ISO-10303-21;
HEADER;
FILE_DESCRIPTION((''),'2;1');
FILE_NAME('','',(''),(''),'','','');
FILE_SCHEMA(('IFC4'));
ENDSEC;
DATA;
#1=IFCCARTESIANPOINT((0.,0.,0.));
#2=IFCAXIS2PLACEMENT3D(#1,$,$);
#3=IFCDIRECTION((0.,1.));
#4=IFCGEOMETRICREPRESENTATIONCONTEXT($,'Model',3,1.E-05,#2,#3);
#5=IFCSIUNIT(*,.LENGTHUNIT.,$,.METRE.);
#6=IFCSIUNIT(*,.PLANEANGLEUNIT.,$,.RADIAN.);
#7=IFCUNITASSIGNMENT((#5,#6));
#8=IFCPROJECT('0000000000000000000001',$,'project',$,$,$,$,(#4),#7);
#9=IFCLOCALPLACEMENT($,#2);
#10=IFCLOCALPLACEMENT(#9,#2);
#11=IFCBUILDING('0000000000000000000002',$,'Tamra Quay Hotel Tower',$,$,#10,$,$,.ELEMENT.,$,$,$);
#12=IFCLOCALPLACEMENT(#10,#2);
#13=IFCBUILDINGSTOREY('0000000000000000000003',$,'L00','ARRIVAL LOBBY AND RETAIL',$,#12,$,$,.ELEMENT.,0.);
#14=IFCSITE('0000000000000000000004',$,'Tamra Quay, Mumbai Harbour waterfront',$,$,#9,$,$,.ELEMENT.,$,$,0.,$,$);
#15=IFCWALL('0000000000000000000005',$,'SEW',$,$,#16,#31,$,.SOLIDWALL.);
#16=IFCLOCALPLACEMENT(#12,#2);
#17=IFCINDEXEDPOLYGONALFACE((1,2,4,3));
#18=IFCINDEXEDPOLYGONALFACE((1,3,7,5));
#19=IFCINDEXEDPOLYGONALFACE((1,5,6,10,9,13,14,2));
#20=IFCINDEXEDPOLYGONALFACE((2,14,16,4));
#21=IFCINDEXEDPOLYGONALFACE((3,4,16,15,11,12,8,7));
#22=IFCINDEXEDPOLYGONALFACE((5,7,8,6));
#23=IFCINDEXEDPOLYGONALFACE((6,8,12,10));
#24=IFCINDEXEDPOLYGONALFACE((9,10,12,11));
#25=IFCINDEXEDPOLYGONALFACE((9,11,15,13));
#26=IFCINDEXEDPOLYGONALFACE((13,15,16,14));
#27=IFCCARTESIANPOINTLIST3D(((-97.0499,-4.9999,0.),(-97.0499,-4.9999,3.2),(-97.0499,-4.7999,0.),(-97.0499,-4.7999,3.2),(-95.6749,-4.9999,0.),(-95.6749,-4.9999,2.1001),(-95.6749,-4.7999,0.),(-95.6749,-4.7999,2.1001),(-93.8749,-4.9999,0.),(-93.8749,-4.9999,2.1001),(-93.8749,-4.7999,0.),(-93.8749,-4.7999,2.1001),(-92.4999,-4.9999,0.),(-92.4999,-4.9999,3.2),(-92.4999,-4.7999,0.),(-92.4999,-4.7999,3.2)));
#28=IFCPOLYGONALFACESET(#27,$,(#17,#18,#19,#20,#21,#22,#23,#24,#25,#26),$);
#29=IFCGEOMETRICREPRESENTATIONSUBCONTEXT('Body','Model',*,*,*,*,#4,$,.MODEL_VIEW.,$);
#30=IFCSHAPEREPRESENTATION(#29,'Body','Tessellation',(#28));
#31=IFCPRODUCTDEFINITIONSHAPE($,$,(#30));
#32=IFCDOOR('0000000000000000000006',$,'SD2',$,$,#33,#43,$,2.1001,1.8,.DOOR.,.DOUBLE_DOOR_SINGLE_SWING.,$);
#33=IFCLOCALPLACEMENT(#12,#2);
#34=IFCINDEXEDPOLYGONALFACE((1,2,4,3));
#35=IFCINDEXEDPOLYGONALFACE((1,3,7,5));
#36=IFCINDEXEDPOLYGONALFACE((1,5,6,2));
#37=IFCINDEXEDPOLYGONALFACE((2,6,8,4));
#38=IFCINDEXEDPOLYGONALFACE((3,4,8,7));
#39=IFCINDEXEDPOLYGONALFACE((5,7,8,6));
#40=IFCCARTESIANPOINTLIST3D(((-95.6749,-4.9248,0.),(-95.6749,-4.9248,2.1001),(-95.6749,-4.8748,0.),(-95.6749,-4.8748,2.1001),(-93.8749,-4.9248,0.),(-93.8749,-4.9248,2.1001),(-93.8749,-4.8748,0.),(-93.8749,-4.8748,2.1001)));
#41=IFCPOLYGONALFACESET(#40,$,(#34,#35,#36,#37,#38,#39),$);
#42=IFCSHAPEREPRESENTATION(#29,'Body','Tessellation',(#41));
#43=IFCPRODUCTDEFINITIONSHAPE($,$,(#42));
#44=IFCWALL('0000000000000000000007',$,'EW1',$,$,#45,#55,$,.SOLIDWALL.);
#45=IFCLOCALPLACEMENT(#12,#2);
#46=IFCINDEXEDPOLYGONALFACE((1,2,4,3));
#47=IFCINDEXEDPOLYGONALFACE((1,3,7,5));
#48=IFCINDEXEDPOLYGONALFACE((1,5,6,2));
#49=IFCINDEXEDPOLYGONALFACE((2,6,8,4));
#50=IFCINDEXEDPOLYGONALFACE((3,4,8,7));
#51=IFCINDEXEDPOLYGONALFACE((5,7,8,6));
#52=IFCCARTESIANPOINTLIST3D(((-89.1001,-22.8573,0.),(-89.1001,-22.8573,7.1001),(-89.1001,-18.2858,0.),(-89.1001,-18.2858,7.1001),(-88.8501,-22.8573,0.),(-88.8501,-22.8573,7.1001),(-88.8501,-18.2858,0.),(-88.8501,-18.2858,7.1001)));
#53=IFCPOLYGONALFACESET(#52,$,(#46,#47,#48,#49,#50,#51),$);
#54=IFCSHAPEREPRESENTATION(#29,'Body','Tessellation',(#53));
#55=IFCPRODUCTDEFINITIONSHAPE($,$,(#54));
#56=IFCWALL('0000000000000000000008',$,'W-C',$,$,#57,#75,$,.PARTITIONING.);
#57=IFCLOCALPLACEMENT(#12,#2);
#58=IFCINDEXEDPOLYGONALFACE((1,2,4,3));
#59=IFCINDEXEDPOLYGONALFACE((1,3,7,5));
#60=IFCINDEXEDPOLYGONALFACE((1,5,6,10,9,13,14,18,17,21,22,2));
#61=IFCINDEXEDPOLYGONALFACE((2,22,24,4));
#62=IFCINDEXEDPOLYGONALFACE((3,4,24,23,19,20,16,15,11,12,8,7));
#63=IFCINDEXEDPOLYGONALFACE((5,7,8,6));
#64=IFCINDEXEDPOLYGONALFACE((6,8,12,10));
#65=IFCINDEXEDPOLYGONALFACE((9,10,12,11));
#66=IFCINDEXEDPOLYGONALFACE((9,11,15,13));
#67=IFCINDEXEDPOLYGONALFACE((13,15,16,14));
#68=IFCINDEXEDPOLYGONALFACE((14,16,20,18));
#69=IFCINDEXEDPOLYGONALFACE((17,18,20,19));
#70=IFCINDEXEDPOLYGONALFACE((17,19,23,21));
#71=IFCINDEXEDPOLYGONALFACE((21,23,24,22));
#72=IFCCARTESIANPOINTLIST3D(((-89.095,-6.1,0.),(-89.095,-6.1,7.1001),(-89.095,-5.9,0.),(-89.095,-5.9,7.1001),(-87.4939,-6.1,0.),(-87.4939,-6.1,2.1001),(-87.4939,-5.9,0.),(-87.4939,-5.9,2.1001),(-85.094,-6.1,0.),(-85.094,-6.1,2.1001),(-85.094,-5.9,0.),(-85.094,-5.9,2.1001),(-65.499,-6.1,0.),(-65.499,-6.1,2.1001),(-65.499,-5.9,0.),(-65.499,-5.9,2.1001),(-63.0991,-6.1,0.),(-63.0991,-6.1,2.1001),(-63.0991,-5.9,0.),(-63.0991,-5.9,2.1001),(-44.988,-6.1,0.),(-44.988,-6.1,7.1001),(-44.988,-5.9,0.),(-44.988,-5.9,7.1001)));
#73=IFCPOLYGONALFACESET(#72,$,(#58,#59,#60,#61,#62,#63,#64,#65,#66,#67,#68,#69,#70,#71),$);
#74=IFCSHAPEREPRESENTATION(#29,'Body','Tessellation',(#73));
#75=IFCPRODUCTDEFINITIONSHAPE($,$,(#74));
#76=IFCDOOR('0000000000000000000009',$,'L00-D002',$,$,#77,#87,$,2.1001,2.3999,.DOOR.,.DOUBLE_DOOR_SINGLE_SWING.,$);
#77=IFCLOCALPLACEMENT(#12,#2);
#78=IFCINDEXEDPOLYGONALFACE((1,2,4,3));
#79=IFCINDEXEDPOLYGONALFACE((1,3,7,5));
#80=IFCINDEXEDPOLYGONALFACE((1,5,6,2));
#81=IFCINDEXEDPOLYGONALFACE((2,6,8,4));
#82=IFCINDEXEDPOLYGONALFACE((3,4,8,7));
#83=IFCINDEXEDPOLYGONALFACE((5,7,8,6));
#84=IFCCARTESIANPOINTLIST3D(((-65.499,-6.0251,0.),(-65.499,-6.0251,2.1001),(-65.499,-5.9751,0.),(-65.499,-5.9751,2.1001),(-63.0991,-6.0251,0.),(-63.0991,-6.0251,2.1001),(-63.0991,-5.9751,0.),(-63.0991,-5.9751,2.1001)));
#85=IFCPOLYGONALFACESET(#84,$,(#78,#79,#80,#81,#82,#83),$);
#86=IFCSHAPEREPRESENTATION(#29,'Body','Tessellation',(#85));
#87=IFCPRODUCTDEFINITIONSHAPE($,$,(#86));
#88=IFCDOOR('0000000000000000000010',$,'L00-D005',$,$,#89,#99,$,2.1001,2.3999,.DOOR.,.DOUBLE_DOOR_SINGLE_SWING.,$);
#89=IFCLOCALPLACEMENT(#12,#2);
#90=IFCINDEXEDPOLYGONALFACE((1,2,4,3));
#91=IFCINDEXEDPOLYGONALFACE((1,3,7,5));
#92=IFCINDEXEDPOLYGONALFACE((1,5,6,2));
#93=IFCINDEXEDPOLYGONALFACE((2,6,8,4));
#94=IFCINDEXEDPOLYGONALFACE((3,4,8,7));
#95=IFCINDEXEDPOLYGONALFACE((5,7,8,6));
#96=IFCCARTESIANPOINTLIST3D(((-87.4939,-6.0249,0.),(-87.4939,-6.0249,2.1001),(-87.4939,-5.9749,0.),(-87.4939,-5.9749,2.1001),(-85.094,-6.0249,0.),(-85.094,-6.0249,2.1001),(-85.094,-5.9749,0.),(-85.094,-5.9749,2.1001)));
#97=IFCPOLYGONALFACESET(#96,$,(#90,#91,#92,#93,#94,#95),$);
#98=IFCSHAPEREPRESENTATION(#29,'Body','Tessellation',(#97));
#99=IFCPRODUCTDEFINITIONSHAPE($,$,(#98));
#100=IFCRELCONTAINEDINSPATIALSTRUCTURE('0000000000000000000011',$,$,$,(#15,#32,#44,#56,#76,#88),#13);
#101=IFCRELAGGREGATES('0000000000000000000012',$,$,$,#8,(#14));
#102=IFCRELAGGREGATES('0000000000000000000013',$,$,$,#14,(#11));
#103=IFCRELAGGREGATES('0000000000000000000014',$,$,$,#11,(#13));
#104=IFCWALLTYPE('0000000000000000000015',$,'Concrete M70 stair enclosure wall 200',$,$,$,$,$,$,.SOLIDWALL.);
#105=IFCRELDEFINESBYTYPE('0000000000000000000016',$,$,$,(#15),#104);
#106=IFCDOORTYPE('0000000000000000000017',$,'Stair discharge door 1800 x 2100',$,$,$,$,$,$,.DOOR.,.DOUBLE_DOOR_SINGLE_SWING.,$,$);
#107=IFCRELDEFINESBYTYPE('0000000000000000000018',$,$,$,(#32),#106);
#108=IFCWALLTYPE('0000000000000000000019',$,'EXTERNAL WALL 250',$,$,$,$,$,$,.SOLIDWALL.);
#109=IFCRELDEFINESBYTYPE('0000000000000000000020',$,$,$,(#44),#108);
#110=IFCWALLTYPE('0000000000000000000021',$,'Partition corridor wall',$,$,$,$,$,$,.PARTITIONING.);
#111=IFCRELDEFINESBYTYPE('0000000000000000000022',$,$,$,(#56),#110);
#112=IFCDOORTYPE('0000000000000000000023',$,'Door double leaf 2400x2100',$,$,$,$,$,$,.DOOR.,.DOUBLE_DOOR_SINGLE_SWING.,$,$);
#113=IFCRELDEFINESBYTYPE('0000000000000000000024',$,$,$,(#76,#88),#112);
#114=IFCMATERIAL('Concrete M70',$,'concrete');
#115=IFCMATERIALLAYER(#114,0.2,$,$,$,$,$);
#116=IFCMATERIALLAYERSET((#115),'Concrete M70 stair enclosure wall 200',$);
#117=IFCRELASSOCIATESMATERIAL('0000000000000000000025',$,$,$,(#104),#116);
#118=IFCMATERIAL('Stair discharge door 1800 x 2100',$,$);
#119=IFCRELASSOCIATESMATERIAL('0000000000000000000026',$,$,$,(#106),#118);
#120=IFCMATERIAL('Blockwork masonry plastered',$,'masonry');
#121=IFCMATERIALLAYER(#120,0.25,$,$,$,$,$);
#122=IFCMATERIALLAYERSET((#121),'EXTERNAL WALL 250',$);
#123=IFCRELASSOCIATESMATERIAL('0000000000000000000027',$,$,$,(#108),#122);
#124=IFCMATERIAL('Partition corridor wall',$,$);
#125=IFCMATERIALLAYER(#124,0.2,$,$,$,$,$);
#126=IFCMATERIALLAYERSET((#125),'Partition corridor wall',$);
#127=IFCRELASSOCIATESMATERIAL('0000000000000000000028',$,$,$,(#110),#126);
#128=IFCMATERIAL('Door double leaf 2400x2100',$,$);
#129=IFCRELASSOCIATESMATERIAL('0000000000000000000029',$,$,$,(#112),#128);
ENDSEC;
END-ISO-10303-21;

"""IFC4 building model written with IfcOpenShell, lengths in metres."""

from ifc_helpers import new_model, si_unit, direction, frame, frame_2d, origin, place, context, subcontext, project, spatial, rectangle, extrude, material, layer, layer_set, type_object, element, fill, save


model = new_model("IFC4")

# Units and contexts
model_context = context("Model", 3, precision=1e-05, world=origin(), true_north=direction((0.0, 1.0)))
body_context = subcontext(model_context, "Body", "Model", "MODEL_VIEW")
ifc_project = project(units=[si_unit("LENGTHUNIT", "METRE"), si_unit("PLANEANGLEUNIT", "RADIAN")], contexts=[model_context])

# Site, building, storey
site_placement = place(None, origin())
site = spatial("IfcSite", under=ifc_project, at=site_placement, Name="Tamra Quay, Mumbai Harbour waterfront", CompositionType="ELEMENT", RefElevation=0.0)
building_placement = place(site_placement, origin())
building = spatial("IfcBuilding", under=site, at=building_placement, Name="Tamra Quay Hotel Tower", CompositionType="ELEMENT")
storey_placement = place(building_placement, origin())
storey = spatial("IfcBuildingStorey", under=building, at=storey_placement, Name="L00", Description="ARRIVAL LOBBY AND RETAIL", CompositionType="ELEMENT", Elevation=0.0)

# Shared definitions
ifc_material_1 = material(Name="Concrete M70", Category="concrete")

# Shared definitions
ifc_layer_1 = layer(ifc_material_1, 0.2)
ifc_layer_set_1 = layer_set([ifc_layer_1], Name="Concrete M70 stair enclosure wall 200")
wall_type_1 = type_object("IfcWallType", Name="Concrete M70 stair enclosure wall 200", PredefinedType="SOLIDWALL", material=ifc_layer_set_1)

# Shared definitions
ifc_material_2 = material(Name="Stair discharge door 1800 x 2100")
door_type_1 = type_object("IfcDoorType", Name="Stair discharge door 1800 x 2100", OperationType="DOUBLE_DOOR_SINGLE_SWING", PredefinedType="DOOR", material=ifc_material_2)

# Wall, opening, door
wall_1_placement = place(storey_placement, frame((-92.5, -4.8999, 0.0), z_axis=(0.0, 0.0, 1.0), x_axis=(-1.0, 0.0, 0.0)))
wall_1 = element("IfcWall", 1, at=wall_1_placement, inside=storey, type_object=wall_type_1, Name="SEW", PredefinedType="SOLIDWALL", context=body_context, shape_type="SweptSolid", body=[
    extrude(rectangle(XDim=4.55, YDim=0.2, at=frame_2d((2.2749, 0.0))), origin(), (0.0, 0.0, 1.0), 3.2),
])
opening_1_placement = place(wall_1_placement, frame((1.375, 0.0, 0.0)))
opening_1 = element("IfcOpeningElement", 2, at=opening_1_placement, cuts=wall_1, PredefinedType="OPENING", context=body_context, shape_type="SweptSolid", body=[
    extrude(rectangle(XDim=1.8, YDim=2.1001, at=frame_2d((0.8999, 1.05))), frame((0.0, 0.1099, 0.0), z_axis=(0.0, -1.0, 0.0), x_axis=(1.0, 0.0, 0.0)), (0.0, 0.0, 1.0), 0.22),
])
door_1_placement = place(opening_1_placement, origin())
door_1 = element("IfcDoor", 3, at=door_1_placement, inside=storey, type_object=door_type_1, Name="SD2", OperationType="DOUBLE_DOOR_SINGLE_SWING", OverallHeight=2.1001, OverallWidth=1.8, PredefinedType="DOOR", context=body_context, shape_type="SweptSolid", body=[
    extrude(rectangle(XDim=1.8, YDim=2.1001, at=frame_2d((0.8999, 1.05))), frame((0.0, 0.0249, 0.0), z_axis=(0.0, -1.0, 0.0), x_axis=(1.0, 0.0, 0.0)), (0.0, 0.0, 1.0), 0.05),
])
fill(opening_1, door_1)

# Wall
ifc_material_3 = material(Name="Blockwork masonry plastered", Category="masonry")
ifc_layer_2 = layer(ifc_material_3, 0.25)
ifc_layer_set_2 = layer_set([ifc_layer_2], Name="EXTERNAL WALL 250")
wall_type_2 = type_object("IfcWallType", Name="EXTERNAL WALL 250", PredefinedType="SOLIDWALL", material=ifc_layer_set_2)
wall_2_placement = place(storey_placement, frame((-88.9751, -22.8572, 0.0), z_axis=(0.0, 0.0, 1.0), x_axis=(0.0, 1.0, 0.0)))
element("IfcWall", 4, at=wall_2_placement, inside=storey, type_object=wall_type_2, Name="EW1", PredefinedType="SOLIDWALL", context=body_context, shape_type="SweptSolid", body=[
    extrude(rectangle(XDim=4.5715, YDim=0.25, at=frame_2d((2.2856, 0.0))), origin(), (0.0, 0.0, 1.0), 7.1001),
])

# Wall, openings, doors
ifc_material_4 = material(Name="Partition corridor wall")
ifc_layer_3 = layer(ifc_material_4, 0.2)
ifc_layer_set_3 = layer_set([ifc_layer_3], Name="Partition corridor wall")
wall_type_3 = type_object("IfcWallType", Name="Partition corridor wall", PredefinedType="PARTITIONING", material=ifc_layer_set_3)
wall_3_placement = place(storey_placement, frame((-89.095, -6.0, 0.0), z_axis=(0.0, 0.0, 1.0), x_axis=(1.0, 0.0, 0.0)))
wall_3 = element("IfcWall", 5, at=wall_3_placement, inside=storey, type_object=wall_type_3, Name="W-C", PredefinedType="PARTITIONING", context=body_context, shape_type="SweptSolid", body=[
    extrude(rectangle(XDim=44.1069, YDim=0.2, at=frame_2d((22.0535, 0.0))), origin(), (0.0, 0.0, 1.0), 7.1001),
])
opening_2_placement = place(wall_3_placement, frame((23.5959, 0.0, 0.0)))
opening_2 = element("IfcOpeningElement", 6, at=opening_2_placement, cuts=wall_3, PredefinedType="OPENING", context=body_context, shape_type="SweptSolid", body=[
    extrude(rectangle(XDim=2.3999, YDim=2.1001, at=frame_2d((1.2, 1.05))), frame((0.0, 0.1099, 0.0), z_axis=(0.0, -1.0, 0.0), x_axis=(1.0, 0.0, 0.0)), (0.0, 0.0, 1.0), 0.22),
])
opening_3_placement = place(wall_3_placement, frame((1.6011, 0.0, 0.0)))
opening_3 = element("IfcOpeningElement", 7, at=opening_3_placement, cuts=wall_3, PredefinedType="OPENING", context=body_context, shape_type="SweptSolid", body=[
    extrude(rectangle(XDim=2.3999, YDim=2.1001, at=frame_2d((1.2, 1.05))), frame((0.0, 0.1099, 0.0), z_axis=(0.0, -1.0, 0.0), x_axis=(1.0, 0.0, 0.0)), (0.0, 0.0, 1.0), 0.22),
])
ifc_material_5 = material(Name="Door double leaf 2400x2100")
door_type_2 = type_object("IfcDoorType", Name="Door double leaf 2400x2100", OperationType="DOUBLE_DOOR_SINGLE_SWING", PredefinedType="DOOR", material=ifc_material_5)
door_2_placement = place(opening_2_placement, origin())
door_2 = element("IfcDoor", 8, at=door_2_placement, inside=storey, type_object=door_type_2, Name="L00-D002", OperationType="DOUBLE_DOOR_SINGLE_SWING", OverallHeight=2.1001, OverallWidth=2.3999, PredefinedType="DOOR", context=body_context, shape_type="SweptSolid", body=[
    extrude(rectangle(XDim=2.3999, YDim=2.1001, at=frame_2d((1.2, 1.05))), frame((0.0, 0.0249, 0.0), z_axis=(0.0, -1.0, 0.0), x_axis=(1.0, 0.0, 0.0)), (0.0, 0.0, 1.0), 0.05),
])
fill(opening_2, door_2)
door_3_placement = place(opening_3_placement, frame((2.3999, 0.0, 0.0), z_axis=(0.0, 0.0, 1.0), x_axis=(-1.0, 0.0, 0.0)))
door_3 = element("IfcDoor", 9, at=door_3_placement, inside=storey, type_object=door_type_2, Name="L00-D005", OperationType="DOUBLE_DOOR_SINGLE_SWING", OverallHeight=2.1001, OverallWidth=2.3999, PredefinedType="DOOR", context=body_context, shape_type="SweptSolid", body=[
    extrude(rectangle(XDim=2.3999, YDim=2.1001, at=frame_2d((1.2, 1.05))), frame((0.0, 0.0249, 0.0), z_axis=(0.0, -1.0, 0.0), x_axis=(1.0, 0.0, 0.0)), (0.0, 0.0, 1.0), 0.05),
])
fill(opening_3, door_3)

save(model, "model.ifc")
